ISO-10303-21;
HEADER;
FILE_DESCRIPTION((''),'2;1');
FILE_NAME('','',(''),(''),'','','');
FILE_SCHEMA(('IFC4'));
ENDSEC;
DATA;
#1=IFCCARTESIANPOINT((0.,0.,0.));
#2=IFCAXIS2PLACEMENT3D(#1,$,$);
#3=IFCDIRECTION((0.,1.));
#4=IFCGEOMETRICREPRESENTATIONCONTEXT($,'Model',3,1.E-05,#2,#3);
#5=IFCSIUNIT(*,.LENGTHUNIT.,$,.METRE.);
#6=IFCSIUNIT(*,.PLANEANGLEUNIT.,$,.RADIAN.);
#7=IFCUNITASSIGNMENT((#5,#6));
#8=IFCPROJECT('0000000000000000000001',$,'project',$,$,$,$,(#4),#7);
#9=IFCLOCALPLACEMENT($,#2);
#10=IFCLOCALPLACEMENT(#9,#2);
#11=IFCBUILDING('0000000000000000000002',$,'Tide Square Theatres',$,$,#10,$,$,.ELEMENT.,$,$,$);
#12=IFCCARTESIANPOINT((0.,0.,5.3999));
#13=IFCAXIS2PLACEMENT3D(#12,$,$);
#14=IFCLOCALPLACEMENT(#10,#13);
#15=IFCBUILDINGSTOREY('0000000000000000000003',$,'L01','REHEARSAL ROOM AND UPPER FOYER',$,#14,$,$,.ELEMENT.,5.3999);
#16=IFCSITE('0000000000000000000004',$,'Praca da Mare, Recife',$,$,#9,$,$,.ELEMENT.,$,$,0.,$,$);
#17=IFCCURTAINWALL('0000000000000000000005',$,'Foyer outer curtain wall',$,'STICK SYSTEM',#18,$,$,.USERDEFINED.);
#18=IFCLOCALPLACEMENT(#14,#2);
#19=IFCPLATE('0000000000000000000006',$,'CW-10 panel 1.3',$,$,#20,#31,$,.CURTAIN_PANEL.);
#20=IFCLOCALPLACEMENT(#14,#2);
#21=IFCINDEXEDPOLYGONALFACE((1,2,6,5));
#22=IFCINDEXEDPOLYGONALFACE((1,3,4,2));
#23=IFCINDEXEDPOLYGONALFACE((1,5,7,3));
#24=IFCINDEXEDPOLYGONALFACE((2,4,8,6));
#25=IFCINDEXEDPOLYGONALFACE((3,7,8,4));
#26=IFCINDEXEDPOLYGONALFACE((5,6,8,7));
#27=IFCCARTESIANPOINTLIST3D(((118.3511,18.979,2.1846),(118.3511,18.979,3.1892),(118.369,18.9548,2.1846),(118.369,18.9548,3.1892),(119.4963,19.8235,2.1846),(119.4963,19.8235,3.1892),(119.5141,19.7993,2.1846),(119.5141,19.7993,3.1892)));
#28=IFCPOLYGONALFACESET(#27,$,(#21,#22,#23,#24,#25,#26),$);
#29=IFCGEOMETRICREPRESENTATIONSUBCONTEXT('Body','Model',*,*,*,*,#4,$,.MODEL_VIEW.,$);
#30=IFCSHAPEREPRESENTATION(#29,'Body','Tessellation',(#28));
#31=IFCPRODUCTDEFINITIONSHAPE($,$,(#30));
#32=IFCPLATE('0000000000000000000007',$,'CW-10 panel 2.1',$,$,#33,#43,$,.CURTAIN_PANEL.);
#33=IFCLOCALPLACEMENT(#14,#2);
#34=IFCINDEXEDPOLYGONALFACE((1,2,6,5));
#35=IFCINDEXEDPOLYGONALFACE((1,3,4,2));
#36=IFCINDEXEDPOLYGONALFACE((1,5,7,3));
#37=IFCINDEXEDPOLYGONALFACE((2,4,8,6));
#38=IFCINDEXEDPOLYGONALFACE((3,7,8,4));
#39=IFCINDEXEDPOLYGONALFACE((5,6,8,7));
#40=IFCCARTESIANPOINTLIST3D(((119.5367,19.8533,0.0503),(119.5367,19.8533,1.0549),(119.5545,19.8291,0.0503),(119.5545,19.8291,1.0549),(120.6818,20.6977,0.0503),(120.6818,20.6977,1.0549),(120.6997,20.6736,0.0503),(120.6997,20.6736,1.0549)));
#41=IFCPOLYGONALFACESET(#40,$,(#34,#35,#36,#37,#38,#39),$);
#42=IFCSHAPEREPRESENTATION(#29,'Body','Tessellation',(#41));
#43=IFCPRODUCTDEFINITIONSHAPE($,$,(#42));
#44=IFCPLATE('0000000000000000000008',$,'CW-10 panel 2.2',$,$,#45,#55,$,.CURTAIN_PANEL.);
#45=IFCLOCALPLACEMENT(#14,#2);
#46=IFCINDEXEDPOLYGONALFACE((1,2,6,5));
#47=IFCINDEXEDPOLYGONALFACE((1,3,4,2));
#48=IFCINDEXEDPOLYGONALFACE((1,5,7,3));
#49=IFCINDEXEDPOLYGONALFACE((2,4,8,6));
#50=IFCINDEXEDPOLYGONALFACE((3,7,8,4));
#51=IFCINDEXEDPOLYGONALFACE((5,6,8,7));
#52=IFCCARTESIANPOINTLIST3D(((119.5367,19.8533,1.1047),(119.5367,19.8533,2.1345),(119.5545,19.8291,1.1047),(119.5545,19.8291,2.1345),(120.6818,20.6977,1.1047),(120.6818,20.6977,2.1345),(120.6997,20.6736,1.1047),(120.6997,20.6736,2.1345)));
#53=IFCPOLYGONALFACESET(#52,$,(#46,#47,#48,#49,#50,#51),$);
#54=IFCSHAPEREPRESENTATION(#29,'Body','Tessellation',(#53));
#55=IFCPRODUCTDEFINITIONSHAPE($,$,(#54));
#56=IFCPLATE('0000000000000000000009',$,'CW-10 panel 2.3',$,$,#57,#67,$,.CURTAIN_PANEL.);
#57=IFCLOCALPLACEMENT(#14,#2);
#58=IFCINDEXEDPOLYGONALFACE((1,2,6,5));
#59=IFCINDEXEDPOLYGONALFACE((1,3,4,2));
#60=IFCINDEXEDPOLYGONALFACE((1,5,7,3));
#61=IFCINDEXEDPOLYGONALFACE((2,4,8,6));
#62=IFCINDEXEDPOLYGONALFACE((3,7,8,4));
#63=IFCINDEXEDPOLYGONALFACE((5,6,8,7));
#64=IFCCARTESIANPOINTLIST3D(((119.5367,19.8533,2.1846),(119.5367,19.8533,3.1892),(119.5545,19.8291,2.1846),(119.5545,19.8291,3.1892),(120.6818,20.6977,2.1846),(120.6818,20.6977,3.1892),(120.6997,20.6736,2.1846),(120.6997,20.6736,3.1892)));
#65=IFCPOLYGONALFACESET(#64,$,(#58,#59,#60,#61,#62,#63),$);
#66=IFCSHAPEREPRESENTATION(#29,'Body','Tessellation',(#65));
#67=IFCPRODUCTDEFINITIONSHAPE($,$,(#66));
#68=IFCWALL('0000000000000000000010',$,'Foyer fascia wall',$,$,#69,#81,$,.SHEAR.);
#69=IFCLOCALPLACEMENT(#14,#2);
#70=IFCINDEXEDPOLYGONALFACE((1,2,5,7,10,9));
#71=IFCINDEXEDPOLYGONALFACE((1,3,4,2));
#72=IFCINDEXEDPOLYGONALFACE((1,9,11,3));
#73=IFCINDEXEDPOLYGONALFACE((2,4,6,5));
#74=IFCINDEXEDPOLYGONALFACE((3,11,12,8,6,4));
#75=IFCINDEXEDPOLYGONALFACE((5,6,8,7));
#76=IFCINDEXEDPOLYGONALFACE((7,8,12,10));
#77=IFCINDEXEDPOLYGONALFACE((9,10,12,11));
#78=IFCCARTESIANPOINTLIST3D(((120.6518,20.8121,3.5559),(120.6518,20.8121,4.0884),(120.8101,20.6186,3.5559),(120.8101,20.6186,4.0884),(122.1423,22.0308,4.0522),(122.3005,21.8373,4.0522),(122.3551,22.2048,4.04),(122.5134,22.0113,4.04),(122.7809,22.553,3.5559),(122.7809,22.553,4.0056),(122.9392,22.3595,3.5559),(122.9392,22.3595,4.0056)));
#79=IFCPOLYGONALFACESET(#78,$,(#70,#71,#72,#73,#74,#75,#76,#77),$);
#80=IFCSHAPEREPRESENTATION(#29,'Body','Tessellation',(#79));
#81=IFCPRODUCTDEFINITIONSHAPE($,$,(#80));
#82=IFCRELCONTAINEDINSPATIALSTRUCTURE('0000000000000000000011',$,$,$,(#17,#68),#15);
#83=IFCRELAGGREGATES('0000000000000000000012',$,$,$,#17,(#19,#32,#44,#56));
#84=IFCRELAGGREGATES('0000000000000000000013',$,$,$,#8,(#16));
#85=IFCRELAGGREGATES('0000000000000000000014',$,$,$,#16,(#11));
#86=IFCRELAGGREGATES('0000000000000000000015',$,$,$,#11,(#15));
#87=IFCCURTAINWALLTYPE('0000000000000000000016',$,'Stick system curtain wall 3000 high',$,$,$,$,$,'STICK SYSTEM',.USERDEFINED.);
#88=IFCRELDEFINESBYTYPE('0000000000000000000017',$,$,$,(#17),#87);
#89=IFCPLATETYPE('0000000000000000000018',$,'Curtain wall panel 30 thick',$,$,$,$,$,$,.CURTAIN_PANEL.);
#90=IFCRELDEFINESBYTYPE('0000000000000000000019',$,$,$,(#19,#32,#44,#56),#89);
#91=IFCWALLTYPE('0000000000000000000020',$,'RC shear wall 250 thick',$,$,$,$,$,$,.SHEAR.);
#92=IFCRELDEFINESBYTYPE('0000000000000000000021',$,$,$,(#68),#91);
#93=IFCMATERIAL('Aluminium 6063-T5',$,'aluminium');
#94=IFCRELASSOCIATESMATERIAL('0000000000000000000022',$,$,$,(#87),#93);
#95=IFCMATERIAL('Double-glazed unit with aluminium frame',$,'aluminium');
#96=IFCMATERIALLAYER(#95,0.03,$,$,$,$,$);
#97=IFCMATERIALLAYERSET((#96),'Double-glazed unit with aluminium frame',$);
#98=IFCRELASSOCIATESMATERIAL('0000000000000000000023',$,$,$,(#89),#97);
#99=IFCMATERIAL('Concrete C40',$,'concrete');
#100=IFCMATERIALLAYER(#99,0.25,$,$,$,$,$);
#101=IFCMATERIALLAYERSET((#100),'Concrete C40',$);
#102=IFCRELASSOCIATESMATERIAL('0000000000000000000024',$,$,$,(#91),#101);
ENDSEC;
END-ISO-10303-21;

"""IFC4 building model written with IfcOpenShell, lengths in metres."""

from ifc_helpers import new_model, si_unit, direction, frame, origin, origin_2d, place, context, subcontext, project, spatial, polyline, rectangle, outline, extrude, material, layer, layer_set, type_object, element, aggregate, save


model = new_model("IFC4")

# Units and contexts
model_context = context("Model", 3, precision=1e-05, world=origin(), true_north=direction((0.0, 1.0)))
body_context = subcontext(model_context, "Body", "Model", "MODEL_VIEW")
ifc_project = project(units=[si_unit("LENGTHUNIT", "METRE"), si_unit("PLANEANGLEUNIT", "RADIAN")], contexts=[model_context])

# Site, building, storey
site_placement = place(None, origin())
site = spatial("IfcSite", under=ifc_project, at=site_placement, Name="Praca da Mare, Recife", CompositionType="ELEMENT", RefElevation=0.0)
building_placement = place(site_placement, origin())
building = spatial("IfcBuilding", under=site, at=building_placement, Name="Tide Square Theatres", CompositionType="ELEMENT")
storey_placement = place(building_placement, frame((0.0, 0.0, 5.3999)))
storey = spatial("IfcBuildingStorey", under=building, at=storey_placement, Name="L01", Description="REHEARSAL ROOM AND UPPER FOYER", CompositionType="ELEMENT", Elevation=5.3999)

# Curtain wall
ifc_material_1 = material(Name="Aluminium 6063-T5", Category="aluminium")
curtain_wall_type_1 = type_object("IfcCurtainWallType", Name="Stick system curtain wall 3000 high", ElementType="STICK SYSTEM", PredefinedType="USERDEFINED", material=ifc_material_1)
curtain_wall_1_placement = place(storey_placement, origin())
curtain_wall_1 = element("IfcCurtainWall", 1, at=curtain_wall_1_placement, inside=storey, type_object=curtain_wall_type_1, Name="Foyer outer curtain wall", ObjectType="STICK SYSTEM", PredefinedType="USERDEFINED")

# Plates
ifc_material_2 = material(Name="Double-glazed unit with aluminium frame", Category="aluminium")
ifc_layer_1 = layer(ifc_material_2, 0.03)
ifc_layer_set_1 = layer_set([ifc_layer_1], Name="Double-glazed unit with aluminium frame")
plate_type = type_object("IfcPlateType", Name="Curtain wall panel 30 thick", PredefinedType="CURTAIN_PANEL", material=ifc_layer_set_1)
plate_1_placement = place(storey_placement, frame((118.9326, 19.3892, 2.1846), z_axis=(0.0, 0.0, 1.0), x_axis=(0.804828, 0.593508, 0.0)))
plate_1 = element("IfcPlate", 2, at=plate_1_placement, type_object=plate_type, Name="CW-10 panel 1.3", PredefinedType="CURTAIN_PANEL", context=body_context, shape_type="SweptSolid", body=[
    extrude(rectangle(XDim=1.4229, YDim=0.03, at=origin_2d()), origin(), (0.0, 0.0, 1.0), 1.0046),
])
plate_2_placement = place(storey_placement, frame((120.1182, 20.2634, 0.0503), z_axis=(0.0, 0.0, 1.0), x_axis=(0.804828, 0.593508, 0.0)))
plate_2 = element("IfcPlate", 3, at=plate_2_placement, type_object=plate_type, Name="CW-10 panel 2.1", PredefinedType="CURTAIN_PANEL", context=body_context, shape_type="SweptSolid", body=[
    extrude(rectangle(XDim=1.4229, YDim=0.03, at=origin_2d()), origin(), (0.0, 0.0, 1.0), 1.0046),
])
plate_3_placement = place(storey_placement, frame((120.1182, 20.2634, 1.1047), z_axis=(0.0, 0.0, 1.0), x_axis=(0.804828, 0.593508, 0.0)))
plate_3 = element("IfcPlate", 4, at=plate_3_placement, type_object=plate_type, Name="CW-10 panel 2.2", PredefinedType="CURTAIN_PANEL", context=body_context, shape_type="SweptSolid", body=[
    extrude(rectangle(XDim=1.4229, YDim=0.03, at=origin_2d()), origin(), (0.0, 0.0, 1.0), 1.0298),
])
plate_4_placement = place(storey_placement, frame((120.1182, 20.2634, 2.1846), z_axis=(0.0, 0.0, 1.0), x_axis=(0.804828, 0.593508, 0.0)))
plate_4 = element("IfcPlate", 5, at=plate_4_placement, type_object=plate_type, Name="CW-10 panel 2.3", PredefinedType="CURTAIN_PANEL", context=body_context, shape_type="SweptSolid", body=[
    extrude(rectangle(XDim=1.4229, YDim=0.03, at=origin_2d()), origin(), (0.0, 0.0, 1.0), 1.0046),
])
aggregate(curtain_wall_1, [plate_1, plate_2, plate_3, plate_4])

# Wall
ifc_material_3 = material(Name="Concrete C40", Category="concrete")
ifc_layer_2 = layer(ifc_material_3, 0.25)
ifc_layer_set_2 = layer_set([ifc_layer_2], Name="Concrete C40")
wall_type = type_object("IfcWallType", Name="RC shear wall 250 thick", PredefinedType="SHEAR", material=ifc_layer_set_2)
wall_placement = place(storey_placement, frame((120.731, 20.7153, 3.5559), z_axis=(0.0, 0.0, 1.0), x_axis=(0.774147, 0.633006, 0.0)))
element("IfcWall", 6, at=wall_placement, inside=storey, type_object=wall_type, Name="Foyer fascia wall", PredefinedType="SHEAR", context=body_context, shape_type="SweptSolid", body=[
    extrude(outline(polyline([(0.0, 0.0), (2.7502, 0.0), (2.7502, 0.4497), (2.2002, 0.4841), (1.9253, 0.4963), (0.0, 0.5325), (0.0, 0.0)])), frame((0.0, 0.125, 0.0), z_axis=(0.0, -1.0, 0.0), x_axis=(1.0, 0.0, 0.0)), (0.0, 0.0, 1.0), 0.25),
])

save(model, "model.ifc")
